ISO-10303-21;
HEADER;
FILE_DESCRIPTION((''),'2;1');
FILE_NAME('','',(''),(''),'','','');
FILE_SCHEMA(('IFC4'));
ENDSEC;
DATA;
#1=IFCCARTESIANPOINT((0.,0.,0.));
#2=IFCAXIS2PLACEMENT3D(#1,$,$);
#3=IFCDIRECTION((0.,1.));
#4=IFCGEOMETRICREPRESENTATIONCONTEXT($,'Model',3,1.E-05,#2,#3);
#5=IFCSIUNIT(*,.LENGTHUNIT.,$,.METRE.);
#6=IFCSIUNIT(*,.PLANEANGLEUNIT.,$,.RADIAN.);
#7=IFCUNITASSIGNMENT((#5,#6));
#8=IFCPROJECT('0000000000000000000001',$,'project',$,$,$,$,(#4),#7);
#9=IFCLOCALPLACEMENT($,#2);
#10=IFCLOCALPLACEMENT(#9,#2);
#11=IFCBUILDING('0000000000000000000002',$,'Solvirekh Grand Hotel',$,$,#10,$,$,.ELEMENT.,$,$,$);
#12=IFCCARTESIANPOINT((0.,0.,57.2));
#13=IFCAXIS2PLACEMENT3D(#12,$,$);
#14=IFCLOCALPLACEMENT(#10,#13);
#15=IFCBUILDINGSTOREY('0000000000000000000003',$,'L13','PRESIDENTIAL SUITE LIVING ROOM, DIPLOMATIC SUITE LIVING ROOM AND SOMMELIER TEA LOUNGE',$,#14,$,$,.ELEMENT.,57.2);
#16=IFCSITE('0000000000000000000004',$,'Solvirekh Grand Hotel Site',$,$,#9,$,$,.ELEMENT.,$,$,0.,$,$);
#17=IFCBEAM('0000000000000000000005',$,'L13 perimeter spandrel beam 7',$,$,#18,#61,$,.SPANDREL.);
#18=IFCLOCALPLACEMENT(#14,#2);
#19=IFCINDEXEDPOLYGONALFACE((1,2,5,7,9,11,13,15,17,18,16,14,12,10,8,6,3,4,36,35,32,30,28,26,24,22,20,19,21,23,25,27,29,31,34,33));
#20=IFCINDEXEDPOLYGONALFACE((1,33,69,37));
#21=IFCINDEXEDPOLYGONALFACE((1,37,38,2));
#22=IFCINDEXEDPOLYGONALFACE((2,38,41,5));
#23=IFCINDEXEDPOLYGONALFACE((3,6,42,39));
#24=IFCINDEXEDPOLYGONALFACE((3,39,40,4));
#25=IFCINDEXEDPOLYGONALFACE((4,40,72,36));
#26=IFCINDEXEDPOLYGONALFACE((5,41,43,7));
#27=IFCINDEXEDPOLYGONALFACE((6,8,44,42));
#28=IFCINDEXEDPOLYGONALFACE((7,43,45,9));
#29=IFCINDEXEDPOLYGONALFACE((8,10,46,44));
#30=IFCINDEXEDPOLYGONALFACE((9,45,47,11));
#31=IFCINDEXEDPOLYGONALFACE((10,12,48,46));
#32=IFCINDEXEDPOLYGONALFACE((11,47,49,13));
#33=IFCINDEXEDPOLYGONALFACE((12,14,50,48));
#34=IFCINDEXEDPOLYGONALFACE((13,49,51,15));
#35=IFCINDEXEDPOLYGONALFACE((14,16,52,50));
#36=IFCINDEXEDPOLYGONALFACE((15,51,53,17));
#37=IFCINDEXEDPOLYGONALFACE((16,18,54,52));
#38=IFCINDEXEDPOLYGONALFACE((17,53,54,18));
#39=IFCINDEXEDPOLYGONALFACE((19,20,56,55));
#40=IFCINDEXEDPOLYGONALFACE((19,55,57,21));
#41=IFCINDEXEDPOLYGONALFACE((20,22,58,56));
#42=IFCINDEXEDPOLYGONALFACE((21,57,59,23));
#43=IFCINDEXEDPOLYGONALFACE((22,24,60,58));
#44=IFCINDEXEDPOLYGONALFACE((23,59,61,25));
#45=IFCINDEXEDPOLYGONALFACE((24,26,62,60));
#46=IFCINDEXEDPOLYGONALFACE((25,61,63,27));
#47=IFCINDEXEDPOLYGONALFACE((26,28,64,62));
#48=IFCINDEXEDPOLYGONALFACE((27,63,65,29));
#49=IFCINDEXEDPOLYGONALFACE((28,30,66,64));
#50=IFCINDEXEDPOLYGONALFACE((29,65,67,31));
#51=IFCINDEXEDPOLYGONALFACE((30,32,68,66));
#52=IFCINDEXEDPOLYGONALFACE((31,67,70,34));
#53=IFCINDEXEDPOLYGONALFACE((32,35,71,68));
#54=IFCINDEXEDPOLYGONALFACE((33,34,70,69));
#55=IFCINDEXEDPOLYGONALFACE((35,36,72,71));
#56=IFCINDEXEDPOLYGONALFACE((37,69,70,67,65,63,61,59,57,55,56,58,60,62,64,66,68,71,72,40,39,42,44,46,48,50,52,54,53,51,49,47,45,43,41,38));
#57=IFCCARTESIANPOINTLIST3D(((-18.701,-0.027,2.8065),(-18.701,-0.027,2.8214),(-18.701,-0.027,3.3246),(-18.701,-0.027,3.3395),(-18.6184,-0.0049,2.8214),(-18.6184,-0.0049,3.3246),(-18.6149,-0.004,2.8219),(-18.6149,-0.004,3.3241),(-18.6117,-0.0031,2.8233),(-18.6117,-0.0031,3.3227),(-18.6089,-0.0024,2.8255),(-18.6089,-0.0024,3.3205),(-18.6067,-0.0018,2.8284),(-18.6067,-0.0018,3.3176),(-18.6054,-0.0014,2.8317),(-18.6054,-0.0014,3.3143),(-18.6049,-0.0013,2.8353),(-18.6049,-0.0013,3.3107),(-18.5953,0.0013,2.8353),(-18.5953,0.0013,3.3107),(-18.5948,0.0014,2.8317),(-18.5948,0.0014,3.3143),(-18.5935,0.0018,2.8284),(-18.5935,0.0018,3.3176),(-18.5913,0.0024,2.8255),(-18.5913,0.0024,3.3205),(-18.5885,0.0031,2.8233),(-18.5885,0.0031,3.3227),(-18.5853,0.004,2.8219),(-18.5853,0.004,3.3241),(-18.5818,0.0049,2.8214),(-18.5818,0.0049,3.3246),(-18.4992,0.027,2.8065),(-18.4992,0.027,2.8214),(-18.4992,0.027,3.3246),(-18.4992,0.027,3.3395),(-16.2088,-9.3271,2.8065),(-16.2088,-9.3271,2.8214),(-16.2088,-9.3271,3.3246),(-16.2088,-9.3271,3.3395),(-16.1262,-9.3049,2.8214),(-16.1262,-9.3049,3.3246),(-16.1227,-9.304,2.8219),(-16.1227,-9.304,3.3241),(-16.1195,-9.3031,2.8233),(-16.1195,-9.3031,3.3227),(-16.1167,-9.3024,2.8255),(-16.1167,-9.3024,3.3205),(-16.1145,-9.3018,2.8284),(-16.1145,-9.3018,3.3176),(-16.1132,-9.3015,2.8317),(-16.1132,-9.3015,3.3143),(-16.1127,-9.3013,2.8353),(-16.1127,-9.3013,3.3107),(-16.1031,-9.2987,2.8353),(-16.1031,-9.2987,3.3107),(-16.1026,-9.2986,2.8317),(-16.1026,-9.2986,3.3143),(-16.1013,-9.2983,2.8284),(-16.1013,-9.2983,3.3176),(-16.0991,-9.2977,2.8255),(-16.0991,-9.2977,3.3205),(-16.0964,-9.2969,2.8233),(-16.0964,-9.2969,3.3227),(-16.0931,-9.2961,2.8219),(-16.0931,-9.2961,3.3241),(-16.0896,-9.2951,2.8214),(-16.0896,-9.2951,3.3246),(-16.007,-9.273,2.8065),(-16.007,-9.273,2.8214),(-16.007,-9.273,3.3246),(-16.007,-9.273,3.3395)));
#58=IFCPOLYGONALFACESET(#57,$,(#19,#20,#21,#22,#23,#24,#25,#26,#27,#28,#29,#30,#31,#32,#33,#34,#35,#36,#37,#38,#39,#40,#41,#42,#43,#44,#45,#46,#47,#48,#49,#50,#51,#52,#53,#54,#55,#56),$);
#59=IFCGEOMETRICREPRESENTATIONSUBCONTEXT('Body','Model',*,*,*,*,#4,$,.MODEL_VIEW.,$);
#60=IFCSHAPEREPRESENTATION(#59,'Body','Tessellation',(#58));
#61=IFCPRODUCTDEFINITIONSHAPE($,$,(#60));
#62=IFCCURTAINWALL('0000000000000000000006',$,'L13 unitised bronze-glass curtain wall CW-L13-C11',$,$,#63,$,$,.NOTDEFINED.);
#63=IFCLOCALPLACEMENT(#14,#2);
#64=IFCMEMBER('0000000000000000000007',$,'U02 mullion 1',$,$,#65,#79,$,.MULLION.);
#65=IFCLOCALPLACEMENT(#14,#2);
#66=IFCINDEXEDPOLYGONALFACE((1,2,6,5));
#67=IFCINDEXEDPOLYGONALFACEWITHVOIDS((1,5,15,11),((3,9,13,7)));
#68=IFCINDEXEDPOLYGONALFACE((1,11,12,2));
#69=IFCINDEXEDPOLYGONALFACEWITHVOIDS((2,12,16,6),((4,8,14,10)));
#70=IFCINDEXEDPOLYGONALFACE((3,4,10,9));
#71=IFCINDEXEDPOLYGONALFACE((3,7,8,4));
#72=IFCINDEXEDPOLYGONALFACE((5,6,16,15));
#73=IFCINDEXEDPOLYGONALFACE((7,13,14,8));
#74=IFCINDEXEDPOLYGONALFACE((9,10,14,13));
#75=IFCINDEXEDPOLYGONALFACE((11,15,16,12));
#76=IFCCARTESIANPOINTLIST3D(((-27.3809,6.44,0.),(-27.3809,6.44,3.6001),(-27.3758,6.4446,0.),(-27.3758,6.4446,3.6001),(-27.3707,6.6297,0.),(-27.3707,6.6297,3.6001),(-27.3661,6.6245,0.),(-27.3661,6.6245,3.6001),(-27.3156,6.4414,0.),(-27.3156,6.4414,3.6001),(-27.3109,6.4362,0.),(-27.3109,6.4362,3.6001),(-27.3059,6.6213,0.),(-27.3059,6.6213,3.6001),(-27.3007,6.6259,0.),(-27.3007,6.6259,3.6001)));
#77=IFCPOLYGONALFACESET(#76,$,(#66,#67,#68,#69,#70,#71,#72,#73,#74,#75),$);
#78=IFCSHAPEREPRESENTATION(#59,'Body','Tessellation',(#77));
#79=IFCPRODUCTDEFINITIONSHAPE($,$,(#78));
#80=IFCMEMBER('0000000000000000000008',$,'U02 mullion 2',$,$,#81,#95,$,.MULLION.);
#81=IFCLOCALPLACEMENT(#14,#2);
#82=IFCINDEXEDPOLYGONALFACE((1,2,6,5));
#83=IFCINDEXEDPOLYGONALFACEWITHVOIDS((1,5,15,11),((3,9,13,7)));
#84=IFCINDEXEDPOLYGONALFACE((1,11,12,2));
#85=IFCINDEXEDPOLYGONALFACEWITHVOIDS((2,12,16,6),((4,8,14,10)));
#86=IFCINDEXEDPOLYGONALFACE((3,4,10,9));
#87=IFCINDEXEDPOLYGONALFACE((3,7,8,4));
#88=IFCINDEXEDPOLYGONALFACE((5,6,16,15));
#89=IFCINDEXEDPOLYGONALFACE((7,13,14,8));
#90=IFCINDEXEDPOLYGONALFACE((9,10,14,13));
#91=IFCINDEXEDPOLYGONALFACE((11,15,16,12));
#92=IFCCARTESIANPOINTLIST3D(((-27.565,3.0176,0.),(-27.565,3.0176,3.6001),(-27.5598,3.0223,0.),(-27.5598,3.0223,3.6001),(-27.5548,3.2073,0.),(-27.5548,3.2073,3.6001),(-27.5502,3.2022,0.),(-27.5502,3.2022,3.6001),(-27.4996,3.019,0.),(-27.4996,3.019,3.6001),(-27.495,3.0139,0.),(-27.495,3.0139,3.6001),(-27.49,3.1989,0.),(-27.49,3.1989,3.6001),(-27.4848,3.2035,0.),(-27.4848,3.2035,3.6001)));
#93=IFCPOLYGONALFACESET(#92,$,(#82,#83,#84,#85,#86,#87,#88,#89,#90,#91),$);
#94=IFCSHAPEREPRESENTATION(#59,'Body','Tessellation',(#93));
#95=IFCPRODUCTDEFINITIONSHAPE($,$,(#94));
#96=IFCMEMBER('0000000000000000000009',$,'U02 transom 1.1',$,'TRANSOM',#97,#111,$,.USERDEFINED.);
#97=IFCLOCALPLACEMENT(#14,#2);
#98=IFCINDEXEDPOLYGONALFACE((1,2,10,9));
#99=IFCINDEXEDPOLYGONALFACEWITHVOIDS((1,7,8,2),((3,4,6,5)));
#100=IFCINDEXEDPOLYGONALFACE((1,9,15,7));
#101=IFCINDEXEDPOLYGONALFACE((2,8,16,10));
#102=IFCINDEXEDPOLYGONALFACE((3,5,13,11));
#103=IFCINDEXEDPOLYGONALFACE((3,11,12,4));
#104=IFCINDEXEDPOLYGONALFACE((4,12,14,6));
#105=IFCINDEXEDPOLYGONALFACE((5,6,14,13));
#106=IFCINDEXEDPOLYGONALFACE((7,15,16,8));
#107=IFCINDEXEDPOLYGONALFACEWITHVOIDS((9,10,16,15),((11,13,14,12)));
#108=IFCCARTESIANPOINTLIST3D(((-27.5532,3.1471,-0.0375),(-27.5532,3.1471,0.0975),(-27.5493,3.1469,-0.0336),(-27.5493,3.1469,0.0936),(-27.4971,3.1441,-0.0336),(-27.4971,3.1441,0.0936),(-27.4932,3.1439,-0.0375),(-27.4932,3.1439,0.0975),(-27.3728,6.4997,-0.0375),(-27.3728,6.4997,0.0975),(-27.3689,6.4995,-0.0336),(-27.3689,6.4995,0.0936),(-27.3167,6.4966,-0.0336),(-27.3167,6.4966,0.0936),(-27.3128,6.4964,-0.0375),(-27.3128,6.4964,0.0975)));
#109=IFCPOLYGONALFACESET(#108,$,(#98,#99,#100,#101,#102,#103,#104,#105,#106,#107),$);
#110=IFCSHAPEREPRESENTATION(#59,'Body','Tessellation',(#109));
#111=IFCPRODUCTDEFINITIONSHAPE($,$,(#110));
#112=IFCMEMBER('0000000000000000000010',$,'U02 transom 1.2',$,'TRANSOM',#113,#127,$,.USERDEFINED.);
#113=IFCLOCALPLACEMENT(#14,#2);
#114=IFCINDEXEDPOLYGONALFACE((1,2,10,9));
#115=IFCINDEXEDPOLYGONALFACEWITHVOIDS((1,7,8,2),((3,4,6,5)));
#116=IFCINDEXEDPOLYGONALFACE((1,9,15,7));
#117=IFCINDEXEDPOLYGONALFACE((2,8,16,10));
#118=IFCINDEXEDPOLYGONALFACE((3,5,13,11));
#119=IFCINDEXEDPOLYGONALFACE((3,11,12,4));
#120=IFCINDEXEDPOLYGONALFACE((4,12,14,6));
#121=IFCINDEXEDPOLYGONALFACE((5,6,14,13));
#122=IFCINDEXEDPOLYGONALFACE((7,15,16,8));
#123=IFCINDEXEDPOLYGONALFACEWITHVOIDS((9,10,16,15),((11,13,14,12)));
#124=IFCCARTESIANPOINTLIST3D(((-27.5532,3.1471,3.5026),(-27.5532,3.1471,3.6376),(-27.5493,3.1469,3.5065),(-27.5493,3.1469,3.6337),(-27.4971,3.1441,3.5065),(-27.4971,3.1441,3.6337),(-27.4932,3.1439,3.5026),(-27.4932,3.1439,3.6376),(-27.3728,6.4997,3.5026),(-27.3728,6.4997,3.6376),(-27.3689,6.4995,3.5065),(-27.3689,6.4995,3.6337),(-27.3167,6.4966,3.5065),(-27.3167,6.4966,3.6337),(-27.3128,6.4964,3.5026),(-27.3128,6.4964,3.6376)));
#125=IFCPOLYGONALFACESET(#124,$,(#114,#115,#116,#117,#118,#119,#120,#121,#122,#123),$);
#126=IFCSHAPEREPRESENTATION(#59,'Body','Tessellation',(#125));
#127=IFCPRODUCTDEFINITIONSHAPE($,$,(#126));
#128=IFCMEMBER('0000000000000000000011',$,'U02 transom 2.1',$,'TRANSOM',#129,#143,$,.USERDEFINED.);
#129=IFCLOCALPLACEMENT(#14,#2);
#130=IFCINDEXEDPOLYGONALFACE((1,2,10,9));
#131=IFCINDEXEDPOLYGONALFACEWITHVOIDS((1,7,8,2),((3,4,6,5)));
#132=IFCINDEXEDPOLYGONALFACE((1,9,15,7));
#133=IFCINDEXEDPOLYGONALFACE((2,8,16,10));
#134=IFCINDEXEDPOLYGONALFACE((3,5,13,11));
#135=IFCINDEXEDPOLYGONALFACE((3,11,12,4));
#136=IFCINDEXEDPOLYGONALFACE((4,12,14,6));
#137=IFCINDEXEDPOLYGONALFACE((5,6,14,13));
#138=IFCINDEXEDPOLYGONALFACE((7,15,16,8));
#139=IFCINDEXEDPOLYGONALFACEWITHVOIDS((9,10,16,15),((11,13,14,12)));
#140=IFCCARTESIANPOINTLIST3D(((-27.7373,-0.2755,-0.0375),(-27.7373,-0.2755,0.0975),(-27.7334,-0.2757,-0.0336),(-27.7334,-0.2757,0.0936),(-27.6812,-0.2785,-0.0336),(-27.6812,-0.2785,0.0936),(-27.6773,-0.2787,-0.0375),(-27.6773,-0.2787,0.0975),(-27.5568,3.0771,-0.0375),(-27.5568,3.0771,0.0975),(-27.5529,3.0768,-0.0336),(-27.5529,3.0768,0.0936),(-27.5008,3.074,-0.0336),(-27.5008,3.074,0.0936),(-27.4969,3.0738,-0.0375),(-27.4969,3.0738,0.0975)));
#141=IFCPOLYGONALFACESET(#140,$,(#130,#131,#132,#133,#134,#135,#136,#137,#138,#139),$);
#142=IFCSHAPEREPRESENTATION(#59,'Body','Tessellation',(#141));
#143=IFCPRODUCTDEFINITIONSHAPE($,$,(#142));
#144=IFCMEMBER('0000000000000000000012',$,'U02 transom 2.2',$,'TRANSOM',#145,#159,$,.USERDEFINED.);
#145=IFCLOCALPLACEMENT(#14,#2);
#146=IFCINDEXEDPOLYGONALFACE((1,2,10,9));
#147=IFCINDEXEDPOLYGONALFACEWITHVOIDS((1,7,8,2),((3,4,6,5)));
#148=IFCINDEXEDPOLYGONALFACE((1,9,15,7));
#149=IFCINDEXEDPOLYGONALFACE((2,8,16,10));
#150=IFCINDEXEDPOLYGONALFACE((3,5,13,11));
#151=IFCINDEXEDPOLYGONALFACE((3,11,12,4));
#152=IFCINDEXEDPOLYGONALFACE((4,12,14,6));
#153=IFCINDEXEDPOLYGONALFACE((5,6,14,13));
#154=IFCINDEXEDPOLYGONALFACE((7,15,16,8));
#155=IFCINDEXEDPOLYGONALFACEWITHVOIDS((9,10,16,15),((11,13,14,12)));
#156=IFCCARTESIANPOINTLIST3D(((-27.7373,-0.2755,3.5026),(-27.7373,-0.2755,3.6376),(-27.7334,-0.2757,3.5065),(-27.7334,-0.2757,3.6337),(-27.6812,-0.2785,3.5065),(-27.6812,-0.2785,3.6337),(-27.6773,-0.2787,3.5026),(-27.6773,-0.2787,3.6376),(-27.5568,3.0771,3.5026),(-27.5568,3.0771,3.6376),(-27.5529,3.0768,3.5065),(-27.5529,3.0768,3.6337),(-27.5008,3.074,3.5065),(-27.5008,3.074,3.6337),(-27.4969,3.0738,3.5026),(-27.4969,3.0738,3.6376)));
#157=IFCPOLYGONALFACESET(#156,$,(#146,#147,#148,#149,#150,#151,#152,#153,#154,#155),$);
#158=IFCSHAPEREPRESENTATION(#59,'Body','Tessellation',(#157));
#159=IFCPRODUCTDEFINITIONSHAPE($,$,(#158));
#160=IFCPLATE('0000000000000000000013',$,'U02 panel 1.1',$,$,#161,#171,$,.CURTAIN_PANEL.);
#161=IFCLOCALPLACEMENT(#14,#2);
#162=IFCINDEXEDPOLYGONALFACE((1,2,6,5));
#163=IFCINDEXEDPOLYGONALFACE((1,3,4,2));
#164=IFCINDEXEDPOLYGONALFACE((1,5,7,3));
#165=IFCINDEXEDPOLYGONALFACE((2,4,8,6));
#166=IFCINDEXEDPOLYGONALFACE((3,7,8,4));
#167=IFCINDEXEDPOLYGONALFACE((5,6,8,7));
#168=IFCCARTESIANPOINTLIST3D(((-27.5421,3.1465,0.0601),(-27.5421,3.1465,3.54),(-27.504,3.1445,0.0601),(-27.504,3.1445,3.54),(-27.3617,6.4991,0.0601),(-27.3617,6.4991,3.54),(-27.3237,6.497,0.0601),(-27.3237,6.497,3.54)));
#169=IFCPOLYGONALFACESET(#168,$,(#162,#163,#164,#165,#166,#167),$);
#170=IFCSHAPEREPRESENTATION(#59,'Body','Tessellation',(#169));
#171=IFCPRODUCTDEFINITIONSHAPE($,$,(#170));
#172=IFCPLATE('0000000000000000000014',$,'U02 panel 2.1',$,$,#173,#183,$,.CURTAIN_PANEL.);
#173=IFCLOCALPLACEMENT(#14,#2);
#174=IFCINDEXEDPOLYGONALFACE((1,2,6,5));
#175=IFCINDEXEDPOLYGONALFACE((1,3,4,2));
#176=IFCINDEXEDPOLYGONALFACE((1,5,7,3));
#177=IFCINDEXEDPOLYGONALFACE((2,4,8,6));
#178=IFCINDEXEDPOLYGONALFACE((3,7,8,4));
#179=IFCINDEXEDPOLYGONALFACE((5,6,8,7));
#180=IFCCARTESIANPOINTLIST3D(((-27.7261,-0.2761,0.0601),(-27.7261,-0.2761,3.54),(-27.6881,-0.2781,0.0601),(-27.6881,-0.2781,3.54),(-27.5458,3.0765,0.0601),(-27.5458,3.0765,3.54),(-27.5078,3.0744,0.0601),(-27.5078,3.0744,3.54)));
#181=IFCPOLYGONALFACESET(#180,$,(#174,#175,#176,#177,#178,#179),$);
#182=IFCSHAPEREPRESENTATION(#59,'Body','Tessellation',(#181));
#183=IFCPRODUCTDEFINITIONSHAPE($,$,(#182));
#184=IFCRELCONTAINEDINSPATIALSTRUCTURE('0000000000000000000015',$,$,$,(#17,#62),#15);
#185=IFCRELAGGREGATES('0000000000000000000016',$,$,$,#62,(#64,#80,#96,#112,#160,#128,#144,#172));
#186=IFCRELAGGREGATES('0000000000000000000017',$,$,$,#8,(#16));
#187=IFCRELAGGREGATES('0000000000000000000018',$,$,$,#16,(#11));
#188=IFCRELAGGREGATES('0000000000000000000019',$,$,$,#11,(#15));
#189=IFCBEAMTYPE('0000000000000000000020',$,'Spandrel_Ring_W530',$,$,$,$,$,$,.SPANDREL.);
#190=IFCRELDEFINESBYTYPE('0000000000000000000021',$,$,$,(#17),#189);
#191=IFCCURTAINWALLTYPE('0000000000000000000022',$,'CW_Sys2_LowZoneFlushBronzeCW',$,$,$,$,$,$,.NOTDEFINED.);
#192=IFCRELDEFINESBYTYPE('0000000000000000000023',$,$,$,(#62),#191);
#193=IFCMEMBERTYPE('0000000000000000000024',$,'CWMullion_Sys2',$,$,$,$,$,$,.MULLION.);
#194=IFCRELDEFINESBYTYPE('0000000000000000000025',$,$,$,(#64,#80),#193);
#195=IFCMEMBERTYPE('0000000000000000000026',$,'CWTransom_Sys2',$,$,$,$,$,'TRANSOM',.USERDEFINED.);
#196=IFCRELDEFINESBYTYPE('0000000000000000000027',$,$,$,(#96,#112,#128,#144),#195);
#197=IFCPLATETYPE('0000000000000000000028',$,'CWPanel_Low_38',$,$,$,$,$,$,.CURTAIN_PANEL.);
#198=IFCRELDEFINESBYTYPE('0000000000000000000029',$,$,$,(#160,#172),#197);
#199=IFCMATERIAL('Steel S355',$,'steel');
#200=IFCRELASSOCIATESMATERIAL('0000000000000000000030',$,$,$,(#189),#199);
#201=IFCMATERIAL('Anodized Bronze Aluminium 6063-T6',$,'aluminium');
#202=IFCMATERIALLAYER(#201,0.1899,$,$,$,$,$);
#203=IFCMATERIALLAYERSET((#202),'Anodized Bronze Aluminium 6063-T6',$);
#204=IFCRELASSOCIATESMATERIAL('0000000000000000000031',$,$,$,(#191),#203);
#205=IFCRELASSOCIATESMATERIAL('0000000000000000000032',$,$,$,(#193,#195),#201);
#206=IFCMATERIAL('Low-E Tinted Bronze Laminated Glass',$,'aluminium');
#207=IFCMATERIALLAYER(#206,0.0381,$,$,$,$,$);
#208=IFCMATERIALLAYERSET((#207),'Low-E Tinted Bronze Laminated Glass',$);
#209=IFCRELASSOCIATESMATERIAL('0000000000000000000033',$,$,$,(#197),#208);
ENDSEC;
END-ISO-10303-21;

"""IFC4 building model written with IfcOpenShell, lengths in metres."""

from ifc_helpers import new_model, si_unit, direction, frame, origin, origin_2d, place, context, subcontext, project, spatial, rectangle, hollow_rectangle, i_section, extrude, source, transform, mapped, material, layer, layer_set, material_profile, profile_set, type_object, element, aggregate, save


model = new_model("IFC4")

# Units and contexts
model_context = context("Model", 3, precision=1e-05, world=origin(), true_north=direction((0.0, 1.0)))
body_context = subcontext(model_context, "Body", "Model", "MODEL_VIEW")
ifc_project = project(units=[si_unit("LENGTHUNIT", "METRE"), si_unit("PLANEANGLEUNIT", "RADIAN")], contexts=[model_context])

# Site, building, storey
site_placement = place(None, origin())
site = spatial("IfcSite", under=ifc_project, at=site_placement, Name="Solvirekh Grand Hotel Site", CompositionType="ELEMENT", RefElevation=0.0)
building_placement = place(site_placement, origin())
building = spatial("IfcBuilding", under=site, at=building_placement, Name="Solvirekh Grand Hotel", CompositionType="ELEMENT")
storey_placement = place(building_placement, frame((0.0, 0.0, 57.2)))
storey = spatial("IfcBuildingStorey", under=building, at=storey_placement, Name="L13", Description="PRESIDENTIAL SUITE LIVING ROOM, DIPLOMATIC SUITE LIVING ROOM AND SOMMELIER TEA LOUNGE", CompositionType="ELEMENT", Elevation=57.2)

# Beam
ifc_material_1 = material(Name="Steel S355", Category="steel")
ifc_material_profile_1 = material_profile(ifc_material_1, i_section(OverallWidth=0.209, OverallDepth=0.533, WebThickness=0.01, FlangeThickness=0.0149, FilletRadius=0.0139, at=origin_2d()), Name="W530X92")
ifc_profile_set_1 = profile_set([ifc_material_profile_1], Name="Steel S355")
beam_type = type_object("IfcBeamType", Name="Spandrel_Ring_W530", PredefinedType="SPANDREL", material=ifc_profile_set_1)
beam_placement = place(storey_placement, frame((-18.6001, 0.0, 3.073), z_axis=(0.258843, -0.965919, 0.0), x_axis=(0.965919, 0.258843, 0.0)))
element("IfcBeam", 1, at=beam_placement, inside=storey, type_object=beam_type, Name="L13 perimeter spandrel beam 7", PredefinedType="SPANDREL", context=body_context, shape_type="SweptSolid", body=[
    extrude(i_section(OverallWidth=0.209, OverallDepth=0.533, WebThickness=0.01, FlangeThickness=0.0149, FilletRadius=0.0139, at=origin_2d()), origin(), (0.0, 0.0, 1.0), 9.6282),
])

# Curtain wall, members, plates
ifc_material_2 = material(Name="Anodized Bronze Aluminium 6063-T6", Category="aluminium")
ifc_layer_1 = layer(ifc_material_2, 0.1899)
ifc_layer_set_1 = layer_set([ifc_layer_1], Name="Anodized Bronze Aluminium 6063-T6")
curtain_wall_type = type_object("IfcCurtainWallType", Name="CW_Sys2_LowZoneFlushBronzeCW", PredefinedType="NOTDEFINED", material=ifc_layer_set_1)
curtain_wall_placement = place(storey_placement, origin())
curtain_wall = element("IfcCurtainWall", 2, at=curtain_wall_placement, inside=storey, type_object=curtain_wall_type, Name="L13 unitised bronze-glass curtain wall CW-L13-C11", PredefinedType="NOTDEFINED")
ifc_material_profile_2 = material_profile(ifc_material_2, hollow_rectangle(XDim=0.0701, YDim=0.1899, WallThickness=0.0049, at=origin_2d()), Name="ALU RHS 190X70X5")
ifc_profile_set_2 = profile_set([ifc_material_profile_2], Name="Anodized Bronze Aluminium 6063-T6")
member_type_1 = type_object("IfcMemberType", Name="CWMullion_Sys2", PredefinedType="MULLION", material=ifc_profile_set_2)
shared_shape_1 = source(origin(), body_context, "Body", "SweptSolid", [
    extrude(hollow_rectangle(XDim=0.0701, YDim=0.1899, WallThickness=0.0049, at=origin_2d()), origin(), (0.0, 0.0, 1.0), 3.6001),
])
member_1_placement = place(storey_placement, frame((-27.3408, 6.533, 0.0), z_axis=(0.0, 0.0, 1.0), x_axis=(0.998556, -0.053718, 0.0)))
member_1 = element("IfcMember", 3, at=member_1_placement, type_object=member_type_1, Name="U02 mullion 1", PredefinedType="MULLION", context=body_context, shape_type="MappedRepresentation", body=[
    mapped(shared_shape_1, transform((0.0, 0.0, 0.0), x_axis=(1.0, 0.0, 0.0), y_axis=(0.0, 1.0, 0.0), z_axis=(0.0, 0.0, 1.0), scale=1.0)),
])
member_2_placement = place(storey_placement, frame((-27.5249, 3.1106, 0.0), z_axis=(0.0, 0.0, 1.0), x_axis=(0.998556, -0.053718, 0.0)))
member_2 = element("IfcMember", 4, at=member_2_placement, type_object=member_type_1, Name="U02 mullion 2", PredefinedType="MULLION", context=body_context, shape_type="MappedRepresentation", body=[
    mapped(shared_shape_1, transform((0.0, 0.0, 0.0), x_axis=(1.0, 0.0, 0.0), y_axis=(0.0, 1.0, 0.0), z_axis=(0.0, 0.0, 1.0), scale=1.0)),
])
ifc_material_profile_3 = material_profile(ifc_material_2, hollow_rectangle(XDim=0.0601, YDim=0.135, WallThickness=0.0039, at=origin_2d()), Name="ALU RHS 135X60X4")
ifc_profile_set_3 = profile_set([ifc_material_profile_3], Name="Anodized Bronze Aluminium 6063-T6")
member_type_2 = type_object("IfcMemberType", Name="CWTransom_Sys2", ElementType="TRANSOM", PredefinedType="USERDEFINED", material=ifc_profile_set_3)
shared_shape_2 = source(origin(), body_context, "Body", "SweptSolid", [
    extrude(hollow_rectangle(XDim=0.0601, YDim=0.135, WallThickness=0.0039, at=origin_2d()), origin(), (0.0, 0.0, 1.0), 3.3574),
])
member_3_placement = place(storey_placement, frame((-27.3428, 6.498, 0.03), z_axis=(-0.053738, -0.998555, 0.0), x_axis=(0.998555, -0.053738, 0.0)))
member_3 = element("IfcMember", 5, at=member_3_placement, type_object=member_type_2, Name="U02 transom 1.1", ObjectType="TRANSOM", PredefinedType="USERDEFINED", context=body_context, shape_type="MappedRepresentation", body=[
    mapped(shared_shape_2, transform((0.0, 0.0, 0.0), x_axis=(1.0, 0.0, 0.0), y_axis=(0.0, 1.0, 0.0), z_axis=(0.0, 0.0, 1.0), scale=1.0)),
])
member_4_placement = place(storey_placement, frame((-27.3428, 6.498, 3.5701), z_axis=(-0.053738, -0.998555, 0.0), x_axis=(0.998555, -0.053738, 0.0)))
member_4 = element("IfcMember", 6, at=member_4_placement, type_object=member_type_2, Name="U02 transom 1.2", ObjectType="TRANSOM", PredefinedType="USERDEFINED", context=body_context, shape_type="MappedRepresentation", body=[
    mapped(shared_shape_2, transform((0.0, 0.0, 0.0), x_axis=(1.0, 0.0, 0.0), y_axis=(0.0, 1.0, 0.0), z_axis=(0.0, 0.0, 1.0), scale=1.0)),
])
member_5_placement = place(storey_placement, frame((-27.5269, 3.0754, 0.03), z_axis=(-0.053738, -0.998555, 0.0), x_axis=(0.998555, -0.053738, 0.0)))
member_5 = element("IfcMember", 7, at=member_5_placement, type_object=member_type_2, Name="U02 transom 2.1", ObjectType="TRANSOM", PredefinedType="USERDEFINED", context=body_context, shape_type="MappedRepresentation", body=[
    mapped(shared_shape_2, transform((0.0, 0.0, 0.0), x_axis=(1.0, 0.0, 0.0), y_axis=(0.0, 1.0, 0.0), z_axis=(0.0, 0.0, 1.0), scale=1.0)),
])
member_6_placement = place(storey_placement, frame((-27.5269, 3.0754, 3.5701), z_axis=(-0.053738, -0.998555, 0.0), x_axis=(0.998555, -0.053738, 0.0)))
member_6 = element("IfcMember", 8, at=member_6_placement, type_object=member_type_2, Name="U02 transom 2.2", ObjectType="TRANSOM", PredefinedType="USERDEFINED", context=body_context, shape_type="MappedRepresentation", body=[
    mapped(shared_shape_2, transform((0.0, 0.0, 0.0), x_axis=(1.0, 0.0, 0.0), y_axis=(0.0, 1.0, 0.0), z_axis=(0.0, 0.0, 1.0), scale=1.0)),
])
ifc_material_3 = material(Name="Low-E Tinted Bronze Laminated Glass", Category="aluminium")
ifc_layer_2 = layer(ifc_material_3, 0.0381)
ifc_layer_set_2 = layer_set([ifc_layer_2], Name="Low-E Tinted Bronze Laminated Glass")
plate_type = type_object("IfcPlateType", Name="CWPanel_Low_38", PredefinedType="CURTAIN_PANEL", material=ifc_layer_set_2)
shared_shape_3 = source(origin(), body_context, "Body", "SweptSolid", [
    extrude(rectangle(XDim=3.3574, YDim=0.0381, at=origin_2d()), origin(), (0.0, 0.0, 1.0), 3.48),
])
plate_1_placement = place(storey_placement, frame((-27.4329, 4.8218, 0.0601), z_axis=(0.0, 0.0, 1.0), x_axis=(-0.053718, -0.998556, 0.0)))
plate_1 = element("IfcPlate", 9, at=plate_1_placement, type_object=plate_type, Name="U02 panel 1.1", PredefinedType="CURTAIN_PANEL", context=body_context, shape_type="MappedRepresentation", body=[
    mapped(shared_shape_3, transform((0.0, 0.0, 0.0), x_axis=(1.0, 0.0, 0.0), y_axis=(0.0, 1.0, 0.0), z_axis=(0.0, 0.0, 1.0), scale=1.0)),
])
plate_2_placement = place(storey_placement, frame((-27.6169, 1.3992, 0.0601), z_axis=(0.0, 0.0, 1.0), x_axis=(-0.053718, -0.998556, 0.0)))
plate_2 = element("IfcPlate", 10, at=plate_2_placement, type_object=plate_type, Name="U02 panel 2.1", PredefinedType="CURTAIN_PANEL", context=body_context, shape_type="MappedRepresentation", body=[
    mapped(shared_shape_3, transform((0.0, 0.0, 0.0), x_axis=(1.0, 0.0, 0.0), y_axis=(0.0, 1.0, 0.0), z_axis=(0.0, 0.0, 1.0), scale=1.0)),
])
aggregate(curtain_wall, [member_1, member_2, member_3, member_4, plate_1, member_5, member_6, plate_2])

save(model, "model.ifc")
